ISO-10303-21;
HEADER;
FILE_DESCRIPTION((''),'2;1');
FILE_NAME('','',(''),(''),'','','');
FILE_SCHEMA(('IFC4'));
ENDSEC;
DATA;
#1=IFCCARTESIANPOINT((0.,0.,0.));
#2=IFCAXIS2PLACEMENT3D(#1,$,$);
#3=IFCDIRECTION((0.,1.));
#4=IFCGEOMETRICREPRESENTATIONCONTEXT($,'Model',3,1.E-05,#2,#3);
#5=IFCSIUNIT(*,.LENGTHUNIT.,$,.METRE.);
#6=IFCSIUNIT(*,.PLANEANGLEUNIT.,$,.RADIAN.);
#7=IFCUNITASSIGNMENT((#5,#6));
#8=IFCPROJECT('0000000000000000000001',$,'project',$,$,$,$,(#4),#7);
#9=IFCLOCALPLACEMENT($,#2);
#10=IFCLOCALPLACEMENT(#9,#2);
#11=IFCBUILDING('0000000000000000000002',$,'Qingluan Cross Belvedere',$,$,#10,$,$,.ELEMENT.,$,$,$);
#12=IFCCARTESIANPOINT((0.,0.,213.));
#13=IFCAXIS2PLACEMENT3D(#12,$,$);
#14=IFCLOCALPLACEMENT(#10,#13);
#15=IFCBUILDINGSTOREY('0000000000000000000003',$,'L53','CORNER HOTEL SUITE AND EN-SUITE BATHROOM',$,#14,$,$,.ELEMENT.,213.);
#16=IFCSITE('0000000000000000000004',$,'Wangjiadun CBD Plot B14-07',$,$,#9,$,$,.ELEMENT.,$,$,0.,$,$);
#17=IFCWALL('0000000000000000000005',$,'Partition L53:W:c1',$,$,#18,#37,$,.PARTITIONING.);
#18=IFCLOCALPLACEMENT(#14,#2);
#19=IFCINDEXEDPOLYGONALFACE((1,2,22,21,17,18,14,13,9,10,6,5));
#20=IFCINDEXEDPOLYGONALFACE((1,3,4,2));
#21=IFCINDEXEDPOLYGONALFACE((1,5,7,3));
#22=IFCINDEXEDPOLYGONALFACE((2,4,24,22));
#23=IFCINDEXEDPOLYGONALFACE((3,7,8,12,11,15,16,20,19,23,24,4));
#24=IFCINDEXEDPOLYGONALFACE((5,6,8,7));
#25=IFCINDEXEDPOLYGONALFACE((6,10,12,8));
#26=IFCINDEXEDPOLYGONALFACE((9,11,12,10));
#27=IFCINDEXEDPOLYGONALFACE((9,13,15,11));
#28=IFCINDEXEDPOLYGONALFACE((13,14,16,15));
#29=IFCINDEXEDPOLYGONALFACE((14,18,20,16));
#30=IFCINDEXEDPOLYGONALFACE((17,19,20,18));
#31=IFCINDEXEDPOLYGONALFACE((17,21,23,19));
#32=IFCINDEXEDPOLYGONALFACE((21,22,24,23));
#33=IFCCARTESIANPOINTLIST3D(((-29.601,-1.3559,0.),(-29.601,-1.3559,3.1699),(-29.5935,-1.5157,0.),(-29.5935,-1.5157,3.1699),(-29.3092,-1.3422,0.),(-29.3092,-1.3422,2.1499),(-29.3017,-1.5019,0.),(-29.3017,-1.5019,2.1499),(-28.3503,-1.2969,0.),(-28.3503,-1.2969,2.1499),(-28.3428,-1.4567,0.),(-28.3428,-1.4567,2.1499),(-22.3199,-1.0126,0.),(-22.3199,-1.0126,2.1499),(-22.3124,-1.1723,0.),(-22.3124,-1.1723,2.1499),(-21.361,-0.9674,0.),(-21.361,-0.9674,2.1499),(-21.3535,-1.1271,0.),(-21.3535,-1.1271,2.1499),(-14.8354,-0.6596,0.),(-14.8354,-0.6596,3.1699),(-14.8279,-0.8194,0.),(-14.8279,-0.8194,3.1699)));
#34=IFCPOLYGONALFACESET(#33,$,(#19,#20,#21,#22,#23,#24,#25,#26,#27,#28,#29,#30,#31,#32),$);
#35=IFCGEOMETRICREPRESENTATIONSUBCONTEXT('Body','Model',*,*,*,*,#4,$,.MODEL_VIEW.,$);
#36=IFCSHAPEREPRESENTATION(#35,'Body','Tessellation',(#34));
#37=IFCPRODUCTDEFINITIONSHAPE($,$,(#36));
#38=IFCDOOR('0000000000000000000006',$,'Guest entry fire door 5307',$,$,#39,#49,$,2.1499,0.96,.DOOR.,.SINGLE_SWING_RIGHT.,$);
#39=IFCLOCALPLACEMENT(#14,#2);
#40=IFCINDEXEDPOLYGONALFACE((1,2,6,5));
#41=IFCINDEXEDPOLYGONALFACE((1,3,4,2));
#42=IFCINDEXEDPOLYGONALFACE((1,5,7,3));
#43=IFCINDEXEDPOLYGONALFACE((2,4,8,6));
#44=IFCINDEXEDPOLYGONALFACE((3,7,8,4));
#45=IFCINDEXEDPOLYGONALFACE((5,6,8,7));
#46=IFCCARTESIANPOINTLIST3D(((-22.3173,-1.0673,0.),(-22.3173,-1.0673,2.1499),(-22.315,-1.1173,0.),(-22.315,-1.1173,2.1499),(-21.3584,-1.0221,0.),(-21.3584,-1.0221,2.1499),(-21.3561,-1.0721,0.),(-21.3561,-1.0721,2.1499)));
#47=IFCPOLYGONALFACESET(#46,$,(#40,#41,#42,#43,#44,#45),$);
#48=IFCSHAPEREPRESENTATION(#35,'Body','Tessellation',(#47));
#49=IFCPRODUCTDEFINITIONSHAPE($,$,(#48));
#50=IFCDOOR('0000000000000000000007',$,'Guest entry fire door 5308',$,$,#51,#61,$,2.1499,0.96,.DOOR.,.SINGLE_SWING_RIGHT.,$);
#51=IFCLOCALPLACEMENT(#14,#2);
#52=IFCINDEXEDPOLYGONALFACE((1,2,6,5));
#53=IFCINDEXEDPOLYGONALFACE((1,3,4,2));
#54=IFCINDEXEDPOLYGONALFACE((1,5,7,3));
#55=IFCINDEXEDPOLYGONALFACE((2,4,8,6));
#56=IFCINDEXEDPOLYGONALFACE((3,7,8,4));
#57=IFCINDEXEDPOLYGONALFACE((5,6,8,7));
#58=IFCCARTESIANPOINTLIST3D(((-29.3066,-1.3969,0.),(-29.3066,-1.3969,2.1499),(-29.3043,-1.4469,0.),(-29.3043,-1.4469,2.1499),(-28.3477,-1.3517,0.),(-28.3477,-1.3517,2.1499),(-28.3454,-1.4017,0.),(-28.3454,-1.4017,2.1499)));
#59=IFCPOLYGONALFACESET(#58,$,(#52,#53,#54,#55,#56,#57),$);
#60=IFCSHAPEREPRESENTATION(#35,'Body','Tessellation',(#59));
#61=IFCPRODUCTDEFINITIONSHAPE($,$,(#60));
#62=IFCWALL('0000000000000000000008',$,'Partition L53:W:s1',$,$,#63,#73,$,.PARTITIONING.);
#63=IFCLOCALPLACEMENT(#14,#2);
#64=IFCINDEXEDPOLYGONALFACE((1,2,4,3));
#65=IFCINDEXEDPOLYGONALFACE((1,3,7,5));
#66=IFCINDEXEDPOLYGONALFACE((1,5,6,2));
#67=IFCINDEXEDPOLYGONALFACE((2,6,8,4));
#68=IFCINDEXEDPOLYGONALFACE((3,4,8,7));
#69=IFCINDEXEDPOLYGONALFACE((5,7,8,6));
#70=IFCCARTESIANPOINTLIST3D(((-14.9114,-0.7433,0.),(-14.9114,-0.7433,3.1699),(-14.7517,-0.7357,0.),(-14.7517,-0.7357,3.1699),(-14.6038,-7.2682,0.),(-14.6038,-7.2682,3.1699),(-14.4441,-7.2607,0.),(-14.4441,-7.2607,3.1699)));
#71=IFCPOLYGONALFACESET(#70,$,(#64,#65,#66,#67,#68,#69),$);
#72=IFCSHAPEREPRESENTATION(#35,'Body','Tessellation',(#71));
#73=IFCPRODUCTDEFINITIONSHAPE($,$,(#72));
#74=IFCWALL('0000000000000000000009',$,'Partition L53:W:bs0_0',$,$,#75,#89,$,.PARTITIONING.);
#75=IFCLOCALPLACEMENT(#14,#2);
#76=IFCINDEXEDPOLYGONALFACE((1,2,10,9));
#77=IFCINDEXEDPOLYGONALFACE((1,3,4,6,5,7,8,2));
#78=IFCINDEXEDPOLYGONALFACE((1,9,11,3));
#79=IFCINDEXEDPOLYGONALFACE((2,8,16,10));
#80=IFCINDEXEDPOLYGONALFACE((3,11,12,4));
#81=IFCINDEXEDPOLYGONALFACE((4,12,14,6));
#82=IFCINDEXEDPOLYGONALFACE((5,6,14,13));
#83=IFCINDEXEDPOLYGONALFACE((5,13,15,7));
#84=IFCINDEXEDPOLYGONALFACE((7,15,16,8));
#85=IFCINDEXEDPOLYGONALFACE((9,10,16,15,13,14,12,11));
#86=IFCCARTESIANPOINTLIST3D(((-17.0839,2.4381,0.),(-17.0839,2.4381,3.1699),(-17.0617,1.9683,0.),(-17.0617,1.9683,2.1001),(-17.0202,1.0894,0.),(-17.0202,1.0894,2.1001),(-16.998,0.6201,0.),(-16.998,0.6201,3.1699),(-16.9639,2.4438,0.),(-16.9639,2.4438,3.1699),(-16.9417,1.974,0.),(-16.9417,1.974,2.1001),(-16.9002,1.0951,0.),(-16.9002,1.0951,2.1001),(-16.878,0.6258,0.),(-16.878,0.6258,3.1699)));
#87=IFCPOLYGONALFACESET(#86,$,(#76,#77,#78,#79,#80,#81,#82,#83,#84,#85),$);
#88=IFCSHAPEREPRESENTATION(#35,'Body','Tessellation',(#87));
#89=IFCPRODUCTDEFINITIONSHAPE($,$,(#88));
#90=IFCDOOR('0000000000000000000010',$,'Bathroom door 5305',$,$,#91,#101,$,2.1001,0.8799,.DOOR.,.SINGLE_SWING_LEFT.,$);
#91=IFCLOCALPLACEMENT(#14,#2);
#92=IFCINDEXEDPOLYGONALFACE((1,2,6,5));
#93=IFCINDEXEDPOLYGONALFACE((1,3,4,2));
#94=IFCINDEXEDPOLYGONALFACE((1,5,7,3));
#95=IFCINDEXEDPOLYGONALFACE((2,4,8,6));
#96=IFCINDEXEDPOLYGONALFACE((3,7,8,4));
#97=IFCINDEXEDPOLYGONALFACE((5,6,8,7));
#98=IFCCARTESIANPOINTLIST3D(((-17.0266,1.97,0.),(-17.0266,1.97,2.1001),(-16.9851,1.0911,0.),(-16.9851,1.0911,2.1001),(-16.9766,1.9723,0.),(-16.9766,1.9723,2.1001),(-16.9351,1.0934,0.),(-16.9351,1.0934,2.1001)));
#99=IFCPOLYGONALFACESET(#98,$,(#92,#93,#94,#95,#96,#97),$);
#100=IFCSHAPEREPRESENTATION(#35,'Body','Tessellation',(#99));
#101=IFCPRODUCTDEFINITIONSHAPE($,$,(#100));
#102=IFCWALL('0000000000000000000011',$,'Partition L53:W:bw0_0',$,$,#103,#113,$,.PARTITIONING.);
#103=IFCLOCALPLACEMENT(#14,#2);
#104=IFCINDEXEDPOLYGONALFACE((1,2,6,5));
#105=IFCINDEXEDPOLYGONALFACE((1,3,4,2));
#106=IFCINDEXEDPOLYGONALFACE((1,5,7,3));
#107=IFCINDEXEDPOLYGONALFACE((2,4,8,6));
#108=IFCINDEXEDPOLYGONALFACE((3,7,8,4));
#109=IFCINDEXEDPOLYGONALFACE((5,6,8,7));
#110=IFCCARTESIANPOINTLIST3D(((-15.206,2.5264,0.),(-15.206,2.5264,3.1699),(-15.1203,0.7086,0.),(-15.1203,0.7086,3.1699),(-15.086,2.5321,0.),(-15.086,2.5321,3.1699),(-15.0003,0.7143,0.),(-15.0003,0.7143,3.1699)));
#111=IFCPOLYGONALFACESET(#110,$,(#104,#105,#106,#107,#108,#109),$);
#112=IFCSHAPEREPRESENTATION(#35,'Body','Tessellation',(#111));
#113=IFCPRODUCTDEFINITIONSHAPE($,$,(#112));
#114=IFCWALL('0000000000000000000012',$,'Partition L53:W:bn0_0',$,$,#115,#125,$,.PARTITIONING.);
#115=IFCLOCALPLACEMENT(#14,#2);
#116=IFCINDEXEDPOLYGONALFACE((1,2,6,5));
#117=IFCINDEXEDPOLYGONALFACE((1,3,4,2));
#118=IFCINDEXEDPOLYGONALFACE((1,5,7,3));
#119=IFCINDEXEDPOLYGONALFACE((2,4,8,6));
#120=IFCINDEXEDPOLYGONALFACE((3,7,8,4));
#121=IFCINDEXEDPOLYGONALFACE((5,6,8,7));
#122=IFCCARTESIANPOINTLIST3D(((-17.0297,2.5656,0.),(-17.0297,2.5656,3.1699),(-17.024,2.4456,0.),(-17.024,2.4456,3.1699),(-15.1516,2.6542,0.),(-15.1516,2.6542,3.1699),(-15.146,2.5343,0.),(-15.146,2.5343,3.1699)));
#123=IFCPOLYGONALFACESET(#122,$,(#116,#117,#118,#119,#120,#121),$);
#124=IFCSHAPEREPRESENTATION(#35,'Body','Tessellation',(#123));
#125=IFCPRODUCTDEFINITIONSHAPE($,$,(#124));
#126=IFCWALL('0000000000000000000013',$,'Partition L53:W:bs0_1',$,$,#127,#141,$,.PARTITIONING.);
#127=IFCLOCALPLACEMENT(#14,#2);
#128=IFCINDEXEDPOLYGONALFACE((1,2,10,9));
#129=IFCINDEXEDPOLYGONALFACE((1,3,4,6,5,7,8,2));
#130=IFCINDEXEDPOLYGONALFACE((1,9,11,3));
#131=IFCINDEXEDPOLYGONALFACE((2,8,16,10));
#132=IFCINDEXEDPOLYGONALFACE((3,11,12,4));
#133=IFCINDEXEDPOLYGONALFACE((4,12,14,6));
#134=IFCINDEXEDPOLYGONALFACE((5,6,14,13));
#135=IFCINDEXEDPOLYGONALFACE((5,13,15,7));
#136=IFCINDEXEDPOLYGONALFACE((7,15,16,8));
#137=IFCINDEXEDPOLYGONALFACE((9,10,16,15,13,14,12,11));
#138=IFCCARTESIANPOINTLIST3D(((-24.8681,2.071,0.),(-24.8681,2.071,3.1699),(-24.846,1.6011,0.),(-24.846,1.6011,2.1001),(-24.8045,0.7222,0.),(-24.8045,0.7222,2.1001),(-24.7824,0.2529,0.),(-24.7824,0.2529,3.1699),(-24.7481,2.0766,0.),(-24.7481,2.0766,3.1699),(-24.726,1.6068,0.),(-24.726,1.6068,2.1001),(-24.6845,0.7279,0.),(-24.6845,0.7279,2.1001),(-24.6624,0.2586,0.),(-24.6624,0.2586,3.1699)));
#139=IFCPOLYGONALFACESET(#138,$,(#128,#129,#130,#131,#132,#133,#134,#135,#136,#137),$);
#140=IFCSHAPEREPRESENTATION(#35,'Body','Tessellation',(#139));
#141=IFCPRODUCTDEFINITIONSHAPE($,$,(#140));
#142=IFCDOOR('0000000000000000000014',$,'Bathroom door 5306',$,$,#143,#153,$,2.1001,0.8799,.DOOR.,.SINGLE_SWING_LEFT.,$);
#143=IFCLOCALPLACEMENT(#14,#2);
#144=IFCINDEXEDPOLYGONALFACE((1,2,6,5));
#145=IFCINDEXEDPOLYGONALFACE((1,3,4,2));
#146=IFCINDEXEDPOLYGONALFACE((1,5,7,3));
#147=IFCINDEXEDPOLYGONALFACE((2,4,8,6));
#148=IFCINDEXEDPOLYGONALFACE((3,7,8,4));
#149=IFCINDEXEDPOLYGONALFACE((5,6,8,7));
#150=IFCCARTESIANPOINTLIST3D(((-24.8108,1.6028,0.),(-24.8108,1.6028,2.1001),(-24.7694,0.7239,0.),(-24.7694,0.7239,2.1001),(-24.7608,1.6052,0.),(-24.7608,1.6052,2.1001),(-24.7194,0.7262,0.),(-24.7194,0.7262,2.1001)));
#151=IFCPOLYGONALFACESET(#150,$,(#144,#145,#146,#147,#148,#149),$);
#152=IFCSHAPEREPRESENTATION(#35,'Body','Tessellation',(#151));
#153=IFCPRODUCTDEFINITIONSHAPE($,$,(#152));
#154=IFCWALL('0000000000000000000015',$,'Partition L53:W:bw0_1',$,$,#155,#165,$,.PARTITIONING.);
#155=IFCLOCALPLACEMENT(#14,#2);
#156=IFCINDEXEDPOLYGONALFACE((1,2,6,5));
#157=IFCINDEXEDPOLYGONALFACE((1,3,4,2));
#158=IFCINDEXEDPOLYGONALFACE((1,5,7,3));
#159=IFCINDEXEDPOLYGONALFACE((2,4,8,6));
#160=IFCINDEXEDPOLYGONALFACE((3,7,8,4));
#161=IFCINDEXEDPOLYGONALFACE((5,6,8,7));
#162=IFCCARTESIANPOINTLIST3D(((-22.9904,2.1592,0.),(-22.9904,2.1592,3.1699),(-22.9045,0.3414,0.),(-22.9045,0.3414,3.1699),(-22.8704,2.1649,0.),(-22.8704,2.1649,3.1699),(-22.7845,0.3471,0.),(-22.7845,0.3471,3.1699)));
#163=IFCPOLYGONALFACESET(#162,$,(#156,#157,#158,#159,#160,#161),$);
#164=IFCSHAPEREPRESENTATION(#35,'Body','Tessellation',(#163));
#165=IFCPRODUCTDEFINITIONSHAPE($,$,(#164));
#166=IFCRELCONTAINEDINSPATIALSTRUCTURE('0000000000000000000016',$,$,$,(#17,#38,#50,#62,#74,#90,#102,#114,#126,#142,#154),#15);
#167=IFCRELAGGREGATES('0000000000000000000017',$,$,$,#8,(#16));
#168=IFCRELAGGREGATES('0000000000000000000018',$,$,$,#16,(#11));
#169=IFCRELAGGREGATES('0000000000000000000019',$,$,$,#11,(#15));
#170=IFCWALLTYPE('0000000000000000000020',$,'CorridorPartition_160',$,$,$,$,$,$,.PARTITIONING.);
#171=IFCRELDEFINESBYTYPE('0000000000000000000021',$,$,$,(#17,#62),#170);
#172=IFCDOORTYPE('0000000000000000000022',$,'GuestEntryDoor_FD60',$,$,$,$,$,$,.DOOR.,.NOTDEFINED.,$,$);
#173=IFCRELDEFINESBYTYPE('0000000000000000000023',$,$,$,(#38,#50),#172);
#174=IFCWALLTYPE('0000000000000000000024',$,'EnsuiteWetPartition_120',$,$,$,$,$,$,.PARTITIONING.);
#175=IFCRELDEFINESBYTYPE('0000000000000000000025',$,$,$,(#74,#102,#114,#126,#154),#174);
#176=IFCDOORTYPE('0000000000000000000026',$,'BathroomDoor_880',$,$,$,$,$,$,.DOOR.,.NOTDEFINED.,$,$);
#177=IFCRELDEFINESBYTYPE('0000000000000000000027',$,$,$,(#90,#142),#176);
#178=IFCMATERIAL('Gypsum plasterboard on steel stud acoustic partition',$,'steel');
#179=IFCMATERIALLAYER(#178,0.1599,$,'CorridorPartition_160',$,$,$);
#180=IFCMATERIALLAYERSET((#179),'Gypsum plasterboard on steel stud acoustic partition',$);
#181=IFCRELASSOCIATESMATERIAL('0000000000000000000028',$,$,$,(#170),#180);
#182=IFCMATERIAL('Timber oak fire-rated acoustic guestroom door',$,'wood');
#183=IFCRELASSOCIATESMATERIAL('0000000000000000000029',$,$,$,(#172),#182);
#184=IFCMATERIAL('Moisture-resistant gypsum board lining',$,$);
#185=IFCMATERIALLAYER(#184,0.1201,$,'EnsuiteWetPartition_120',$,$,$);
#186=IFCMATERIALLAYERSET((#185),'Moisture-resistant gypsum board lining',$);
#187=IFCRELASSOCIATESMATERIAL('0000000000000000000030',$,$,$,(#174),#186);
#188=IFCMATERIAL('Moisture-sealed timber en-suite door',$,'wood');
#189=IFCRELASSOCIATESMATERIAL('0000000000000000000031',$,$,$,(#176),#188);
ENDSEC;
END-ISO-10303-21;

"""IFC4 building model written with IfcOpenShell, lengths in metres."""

from ifc_helpers import new_model, si_unit, direction, frame, frame_2d, origin, place, context, subcontext, project, spatial, rectangle, extrude, material, layer, layer_set, type_object, element, fill, save


model = new_model("IFC4")

# Units and contexts
model_context = context("Model", 3, precision=1e-05, world=origin(), true_north=direction((0.0, 1.0)))
body_context = subcontext(model_context, "Body", "Model", "MODEL_VIEW")
ifc_project = project(units=[si_unit("LENGTHUNIT", "METRE"), si_unit("PLANEANGLEUNIT", "RADIAN")], contexts=[model_context])

# Site, building, storey
site_placement = place(None, origin())
site = spatial("IfcSite", under=ifc_project, at=site_placement, Name="Wangjiadun CBD Plot B14-07", CompositionType="ELEMENT", RefElevation=0.0)
building_placement = place(site_placement, origin())
building = spatial("IfcBuilding", under=site, at=building_placement, Name="Qingluan Cross Belvedere", CompositionType="ELEMENT")
storey_placement = place(building_placement, frame((0.0, 0.0, 213.0)))
storey = spatial("IfcBuildingStorey", under=building, at=storey_placement, Name="L53", Description="CORNER HOTEL SUITE AND EN-SUITE BATHROOM", CompositionType="ELEMENT", Elevation=213.0)

# Shared definitions
ifc_material_1 = material(Name="Gypsum plasterboard on steel stud acoustic partition", Category="steel")
ifc_layer_1 = layer(ifc_material_1, 0.1599, Name="CorridorPartition_160")
ifc_layer_set_1 = layer_set([ifc_layer_1], Name="Gypsum plasterboard on steel stud acoustic partition")
wall_type_1 = type_object("IfcWallType", Name="CorridorPartition_160", PredefinedType="PARTITIONING", material=ifc_layer_set_1)
ifc_material_2 = material(Name="Timber oak fire-rated acoustic guestroom door", Category="wood")
door_type_1 = type_object("IfcDoorType", Name="GuestEntryDoor_FD60", OperationType="NOTDEFINED", PredefinedType="DOOR", material=ifc_material_2)

# Wall, openings, doors
wall_1_placement = place(storey_placement, frame((-14.8315, -0.7395, 0.0), z_axis=(0.0, 0.0, 1.0), x_axis=(-0.99889, -0.047104, 0.0)))
wall_1 = element("IfcWall", 1, at=wall_1_placement, inside=storey, type_object=wall_type_1, Name="Partition L53:W:c1", PredefinedType="PARTITIONING", context=body_context, shape_type="SweptSolid", body=[
    extrude(rectangle(XDim=14.782, YDim=0.1599, at=frame_2d((7.3911, 0.0))), origin(), (0.0, 0.0, 1.0), 3.1699),
])
opening_1_placement = place(wall_1_placement, frame((6.533, 0.0, 0.0)))
opening_1 = element("IfcOpeningElement", 2, at=opening_1_placement, cuts=wall_1, PredefinedType="OPENING", context=body_context, shape_type="SweptSolid", body=[
    extrude(rectangle(XDim=0.96, YDim=2.1499, at=frame_2d((0.48, 1.075))), frame((0.0, 0.0898, 0.0), z_axis=(0.0, -1.0, 0.0), x_axis=(1.0, 0.0, 0.0)), (0.0, 0.0, 1.0), 0.1799),
])
opening_2_placement = place(wall_1_placement, frame((13.53, 0.0, 0.0)))
opening_2 = element("IfcOpeningElement", 3, at=opening_2_placement, cuts=wall_1, PredefinedType="OPENING", context=body_context, shape_type="SweptSolid", body=[
    extrude(rectangle(XDim=0.96, YDim=2.1499, at=frame_2d((0.48, 1.075))), frame((0.0, 0.0898, 0.0), z_axis=(0.0, -1.0, 0.0), x_axis=(1.0, 0.0, 0.0)), (0.0, 0.0, 1.0), 0.1799),
])
door_1_placement = place(opening_1_placement, origin())
door_1 = element("IfcDoor", 4, at=door_1_placement, inside=storey, type_object=door_type_1, Name="Guest entry fire door 5307", OperationType="SINGLE_SWING_RIGHT", OverallHeight=2.1499, OverallWidth=0.96, PredefinedType="DOOR", context=body_context, shape_type="SweptSolid", body=[
    extrude(rectangle(XDim=0.96, YDim=2.1499, at=frame_2d((0.48, 1.075))), frame((0.0, 0.0249, 0.0), z_axis=(0.0, -1.0, 0.0), x_axis=(1.0, 0.0, 0.0)), (0.0, 0.0, 1.0), 0.05),
])
fill(opening_1, door_1)
door_2_placement = place(opening_2_placement, origin())
door_2 = element("IfcDoor", 5, at=door_2_placement, inside=storey, type_object=door_type_1, Name="Guest entry fire door 5308", OperationType="SINGLE_SWING_RIGHT", OverallHeight=2.1499, OverallWidth=0.96, PredefinedType="DOOR", context=body_context, shape_type="SweptSolid", body=[
    extrude(rectangle(XDim=0.96, YDim=2.1499, at=frame_2d((0.48, 1.075))), frame((0.0, 0.0249, 0.0), z_axis=(0.0, -1.0, 0.0), x_axis=(1.0, 0.0, 0.0)), (0.0, 0.0, 1.0), 0.05),
])
fill(opening_2, door_2)

# Wall
wall_2_placement = place(storey_placement, frame((-14.8315, -0.7395, 0.0), z_axis=(0.0, 0.0, 1.0), x_axis=(0.047093, -0.998891, 0.0)))
element("IfcWall", 6, at=wall_2_placement, inside=storey, type_object=wall_type_1, Name="Partition L53:W:s1", PredefinedType="PARTITIONING", context=body_context, shape_type="SweptSolid", body=[
    extrude(rectangle(XDim=6.5322, YDim=0.1599, at=frame_2d((3.2661, 0.0))), origin(), (0.0, 0.0, 1.0), 3.1699),
])

# Wall, opening, door
ifc_material_3 = material(Name="Moisture-resistant gypsum board lining")
ifc_layer_2 = layer(ifc_material_3, 0.1201, Name="EnsuiteWetPartition_120")
ifc_layer_set_2 = layer_set([ifc_layer_2], Name="Moisture-resistant gypsum board lining")
wall_type_2 = type_object("IfcWallType", Name="EnsuiteWetPartition_120", PredefinedType="PARTITIONING", material=ifc_layer_set_2)
wall_3_placement = place(storey_placement, frame((-16.938, 0.6228, 0.0), z_axis=(0.0, 0.0, 1.0), x_axis=(-0.047215, 0.998885, 0.0)))
wall_3 = element("IfcWall", 7, at=wall_3_placement, inside=storey, type_object=wall_type_2, Name="Partition L53:W:bs0_0", PredefinedType="PARTITIONING", context=body_context, shape_type="SweptSolid", body=[
    extrude(rectangle(XDim=1.8201, YDim=0.1201, at=frame_2d((0.9102, 0.0))), origin(), (0.0, 0.0, 1.0), 3.1699),
])
opening_3_placement = place(wall_3_placement, frame((0.47, 0.0, 0.0)))
opening_3 = element("IfcOpeningElement", 8, at=opening_3_placement, cuts=wall_3, PredefinedType="OPENING", context=body_context, shape_type="SweptSolid", body=[
    extrude(rectangle(XDim=0.8799, YDim=2.1001, at=frame_2d((0.4399, 1.05))), frame((0.0, 0.0701, 0.0), z_axis=(0.0, -1.0, 0.0), x_axis=(1.0, 0.0, 0.0)), (0.0, 0.0, 1.0), 0.1401),
])
ifc_material_4 = material(Name="Moisture-sealed timber en-suite door", Category="wood")
door_type_2 = type_object("IfcDoorType", Name="BathroomDoor_880", OperationType="NOTDEFINED", PredefinedType="DOOR", material=ifc_material_4)
door_3_placement = place(opening_3_placement, origin())
door_3 = element("IfcDoor", 9, at=door_3_placement, inside=storey, type_object=door_type_2, Name="Bathroom door 5305", OperationType="SINGLE_SWING_LEFT", OverallHeight=2.1001, OverallWidth=0.8799, PredefinedType="DOOR", context=body_context, shape_type="SweptSolid", body=[
    extrude(rectangle(XDim=0.8799, YDim=2.1001, at=frame_2d((0.4399, 1.05))), frame((0.0, 0.0249, 0.0), z_axis=(0.0, -1.0, 0.0), x_axis=(1.0, 0.0, 0.0)), (0.0, 0.0, 1.0), 0.05),
])
fill(opening_3, door_3)

# Walls
wall_4_placement = place(storey_placement, frame((-15.0603, 0.7114, 0.0), z_axis=(0.0, 0.0, 1.0), x_axis=(-0.047087, 0.998891, 0.0)))
element("IfcWall", 10, at=wall_4_placement, inside=storey, type_object=wall_type_2, Name="Partition L53:W:bw0_0", PredefinedType="PARTITIONING", context=body_context, shape_type="SweptSolid", body=[
    extrude(rectangle(XDim=1.8198, YDim=0.1201, at=frame_2d((0.9099, 0.0))), origin(), (0.0, 0.0, 1.0), 3.1699),
])
wall_5_placement = place(storey_placement, frame((-15.1489, 2.5942, 0.0), z_axis=(0.0, 0.0, 1.0), x_axis=(-0.998888, -0.047139, 0.0)))
element("IfcWall", 11, at=wall_5_placement, inside=storey, type_object=wall_type_2, Name="Partition L53:W:bn0_0", PredefinedType="PARTITIONING", context=body_context, shape_type="SweptSolid", body=[
    extrude(rectangle(XDim=1.8801, YDim=0.1201, at=frame_2d((0.9399, 0.0))), origin(), (0.0, 0.0, 1.0), 3.1699),
])

# Wall, opening, door
wall_6_placement = place(storey_placement, frame((-24.7224, 0.2556, 0.0), z_axis=(0.0, 0.0, 1.0), x_axis=(-0.047081, 0.998891, 0.0)))
wall_6 = element("IfcWall", 12, at=wall_6_placement, inside=storey, type_object=wall_type_2, Name="Partition L53:W:bs0_1", PredefinedType="PARTITIONING", context=body_context, shape_type="SweptSolid", body=[
    extrude(rectangle(XDim=1.8201, YDim=0.1201, at=frame_2d((0.9102, 0.0))), origin(), (0.0, 0.0, 1.0), 3.1699),
])
opening_4_placement = place(wall_6_placement, frame((0.47, 0.0, 0.0)))
opening_4 = element("IfcOpeningElement", 13, at=opening_4_placement, cuts=wall_6, PredefinedType="OPENING", context=body_context, shape_type="SweptSolid", body=[
    extrude(rectangle(XDim=0.8799, YDim=2.1001, at=frame_2d((0.4399, 1.05))), frame((0.0, 0.0701, 0.0), z_axis=(0.0, -1.0, 0.0), x_axis=(1.0, 0.0, 0.0)), (0.0, 0.0, 1.0), 0.1401),
])
door_4_placement = place(opening_4_placement, origin())
door_4 = element("IfcDoor", 14, at=door_4_placement, inside=storey, type_object=door_type_2, Name="Bathroom door 5306", OperationType="SINGLE_SWING_LEFT", OverallHeight=2.1001, OverallWidth=0.8799, PredefinedType="DOOR", context=body_context, shape_type="SweptSolid", body=[
    extrude(rectangle(XDim=0.8799, YDim=2.1001, at=frame_2d((0.4399, 1.05))), frame((0.0, 0.0249, 0.0), z_axis=(0.0, -1.0, 0.0), x_axis=(1.0, 0.0, 0.0)), (0.0, 0.0, 1.0), 0.05),
])
fill(opening_4, door_4)

# Wall
wall_7_placement = place(storey_placement, frame((-22.8445, 0.3442, 0.0), z_axis=(0.0, 0.0, 1.0), x_axis=(-0.047221, 0.998884, 0.0)))
element("IfcWall", 15, at=wall_7_placement, inside=storey, type_object=wall_type_2, Name="Partition L53:W:bw0_1", PredefinedType="PARTITIONING", context=body_context, shape_type="SweptSolid", body=[
    extrude(rectangle(XDim=1.8198, YDim=0.1201, at=frame_2d((0.9099, 0.0))), origin(), (0.0, 0.0, 1.0), 3.1699),
])

save(model, "model.ifc")
